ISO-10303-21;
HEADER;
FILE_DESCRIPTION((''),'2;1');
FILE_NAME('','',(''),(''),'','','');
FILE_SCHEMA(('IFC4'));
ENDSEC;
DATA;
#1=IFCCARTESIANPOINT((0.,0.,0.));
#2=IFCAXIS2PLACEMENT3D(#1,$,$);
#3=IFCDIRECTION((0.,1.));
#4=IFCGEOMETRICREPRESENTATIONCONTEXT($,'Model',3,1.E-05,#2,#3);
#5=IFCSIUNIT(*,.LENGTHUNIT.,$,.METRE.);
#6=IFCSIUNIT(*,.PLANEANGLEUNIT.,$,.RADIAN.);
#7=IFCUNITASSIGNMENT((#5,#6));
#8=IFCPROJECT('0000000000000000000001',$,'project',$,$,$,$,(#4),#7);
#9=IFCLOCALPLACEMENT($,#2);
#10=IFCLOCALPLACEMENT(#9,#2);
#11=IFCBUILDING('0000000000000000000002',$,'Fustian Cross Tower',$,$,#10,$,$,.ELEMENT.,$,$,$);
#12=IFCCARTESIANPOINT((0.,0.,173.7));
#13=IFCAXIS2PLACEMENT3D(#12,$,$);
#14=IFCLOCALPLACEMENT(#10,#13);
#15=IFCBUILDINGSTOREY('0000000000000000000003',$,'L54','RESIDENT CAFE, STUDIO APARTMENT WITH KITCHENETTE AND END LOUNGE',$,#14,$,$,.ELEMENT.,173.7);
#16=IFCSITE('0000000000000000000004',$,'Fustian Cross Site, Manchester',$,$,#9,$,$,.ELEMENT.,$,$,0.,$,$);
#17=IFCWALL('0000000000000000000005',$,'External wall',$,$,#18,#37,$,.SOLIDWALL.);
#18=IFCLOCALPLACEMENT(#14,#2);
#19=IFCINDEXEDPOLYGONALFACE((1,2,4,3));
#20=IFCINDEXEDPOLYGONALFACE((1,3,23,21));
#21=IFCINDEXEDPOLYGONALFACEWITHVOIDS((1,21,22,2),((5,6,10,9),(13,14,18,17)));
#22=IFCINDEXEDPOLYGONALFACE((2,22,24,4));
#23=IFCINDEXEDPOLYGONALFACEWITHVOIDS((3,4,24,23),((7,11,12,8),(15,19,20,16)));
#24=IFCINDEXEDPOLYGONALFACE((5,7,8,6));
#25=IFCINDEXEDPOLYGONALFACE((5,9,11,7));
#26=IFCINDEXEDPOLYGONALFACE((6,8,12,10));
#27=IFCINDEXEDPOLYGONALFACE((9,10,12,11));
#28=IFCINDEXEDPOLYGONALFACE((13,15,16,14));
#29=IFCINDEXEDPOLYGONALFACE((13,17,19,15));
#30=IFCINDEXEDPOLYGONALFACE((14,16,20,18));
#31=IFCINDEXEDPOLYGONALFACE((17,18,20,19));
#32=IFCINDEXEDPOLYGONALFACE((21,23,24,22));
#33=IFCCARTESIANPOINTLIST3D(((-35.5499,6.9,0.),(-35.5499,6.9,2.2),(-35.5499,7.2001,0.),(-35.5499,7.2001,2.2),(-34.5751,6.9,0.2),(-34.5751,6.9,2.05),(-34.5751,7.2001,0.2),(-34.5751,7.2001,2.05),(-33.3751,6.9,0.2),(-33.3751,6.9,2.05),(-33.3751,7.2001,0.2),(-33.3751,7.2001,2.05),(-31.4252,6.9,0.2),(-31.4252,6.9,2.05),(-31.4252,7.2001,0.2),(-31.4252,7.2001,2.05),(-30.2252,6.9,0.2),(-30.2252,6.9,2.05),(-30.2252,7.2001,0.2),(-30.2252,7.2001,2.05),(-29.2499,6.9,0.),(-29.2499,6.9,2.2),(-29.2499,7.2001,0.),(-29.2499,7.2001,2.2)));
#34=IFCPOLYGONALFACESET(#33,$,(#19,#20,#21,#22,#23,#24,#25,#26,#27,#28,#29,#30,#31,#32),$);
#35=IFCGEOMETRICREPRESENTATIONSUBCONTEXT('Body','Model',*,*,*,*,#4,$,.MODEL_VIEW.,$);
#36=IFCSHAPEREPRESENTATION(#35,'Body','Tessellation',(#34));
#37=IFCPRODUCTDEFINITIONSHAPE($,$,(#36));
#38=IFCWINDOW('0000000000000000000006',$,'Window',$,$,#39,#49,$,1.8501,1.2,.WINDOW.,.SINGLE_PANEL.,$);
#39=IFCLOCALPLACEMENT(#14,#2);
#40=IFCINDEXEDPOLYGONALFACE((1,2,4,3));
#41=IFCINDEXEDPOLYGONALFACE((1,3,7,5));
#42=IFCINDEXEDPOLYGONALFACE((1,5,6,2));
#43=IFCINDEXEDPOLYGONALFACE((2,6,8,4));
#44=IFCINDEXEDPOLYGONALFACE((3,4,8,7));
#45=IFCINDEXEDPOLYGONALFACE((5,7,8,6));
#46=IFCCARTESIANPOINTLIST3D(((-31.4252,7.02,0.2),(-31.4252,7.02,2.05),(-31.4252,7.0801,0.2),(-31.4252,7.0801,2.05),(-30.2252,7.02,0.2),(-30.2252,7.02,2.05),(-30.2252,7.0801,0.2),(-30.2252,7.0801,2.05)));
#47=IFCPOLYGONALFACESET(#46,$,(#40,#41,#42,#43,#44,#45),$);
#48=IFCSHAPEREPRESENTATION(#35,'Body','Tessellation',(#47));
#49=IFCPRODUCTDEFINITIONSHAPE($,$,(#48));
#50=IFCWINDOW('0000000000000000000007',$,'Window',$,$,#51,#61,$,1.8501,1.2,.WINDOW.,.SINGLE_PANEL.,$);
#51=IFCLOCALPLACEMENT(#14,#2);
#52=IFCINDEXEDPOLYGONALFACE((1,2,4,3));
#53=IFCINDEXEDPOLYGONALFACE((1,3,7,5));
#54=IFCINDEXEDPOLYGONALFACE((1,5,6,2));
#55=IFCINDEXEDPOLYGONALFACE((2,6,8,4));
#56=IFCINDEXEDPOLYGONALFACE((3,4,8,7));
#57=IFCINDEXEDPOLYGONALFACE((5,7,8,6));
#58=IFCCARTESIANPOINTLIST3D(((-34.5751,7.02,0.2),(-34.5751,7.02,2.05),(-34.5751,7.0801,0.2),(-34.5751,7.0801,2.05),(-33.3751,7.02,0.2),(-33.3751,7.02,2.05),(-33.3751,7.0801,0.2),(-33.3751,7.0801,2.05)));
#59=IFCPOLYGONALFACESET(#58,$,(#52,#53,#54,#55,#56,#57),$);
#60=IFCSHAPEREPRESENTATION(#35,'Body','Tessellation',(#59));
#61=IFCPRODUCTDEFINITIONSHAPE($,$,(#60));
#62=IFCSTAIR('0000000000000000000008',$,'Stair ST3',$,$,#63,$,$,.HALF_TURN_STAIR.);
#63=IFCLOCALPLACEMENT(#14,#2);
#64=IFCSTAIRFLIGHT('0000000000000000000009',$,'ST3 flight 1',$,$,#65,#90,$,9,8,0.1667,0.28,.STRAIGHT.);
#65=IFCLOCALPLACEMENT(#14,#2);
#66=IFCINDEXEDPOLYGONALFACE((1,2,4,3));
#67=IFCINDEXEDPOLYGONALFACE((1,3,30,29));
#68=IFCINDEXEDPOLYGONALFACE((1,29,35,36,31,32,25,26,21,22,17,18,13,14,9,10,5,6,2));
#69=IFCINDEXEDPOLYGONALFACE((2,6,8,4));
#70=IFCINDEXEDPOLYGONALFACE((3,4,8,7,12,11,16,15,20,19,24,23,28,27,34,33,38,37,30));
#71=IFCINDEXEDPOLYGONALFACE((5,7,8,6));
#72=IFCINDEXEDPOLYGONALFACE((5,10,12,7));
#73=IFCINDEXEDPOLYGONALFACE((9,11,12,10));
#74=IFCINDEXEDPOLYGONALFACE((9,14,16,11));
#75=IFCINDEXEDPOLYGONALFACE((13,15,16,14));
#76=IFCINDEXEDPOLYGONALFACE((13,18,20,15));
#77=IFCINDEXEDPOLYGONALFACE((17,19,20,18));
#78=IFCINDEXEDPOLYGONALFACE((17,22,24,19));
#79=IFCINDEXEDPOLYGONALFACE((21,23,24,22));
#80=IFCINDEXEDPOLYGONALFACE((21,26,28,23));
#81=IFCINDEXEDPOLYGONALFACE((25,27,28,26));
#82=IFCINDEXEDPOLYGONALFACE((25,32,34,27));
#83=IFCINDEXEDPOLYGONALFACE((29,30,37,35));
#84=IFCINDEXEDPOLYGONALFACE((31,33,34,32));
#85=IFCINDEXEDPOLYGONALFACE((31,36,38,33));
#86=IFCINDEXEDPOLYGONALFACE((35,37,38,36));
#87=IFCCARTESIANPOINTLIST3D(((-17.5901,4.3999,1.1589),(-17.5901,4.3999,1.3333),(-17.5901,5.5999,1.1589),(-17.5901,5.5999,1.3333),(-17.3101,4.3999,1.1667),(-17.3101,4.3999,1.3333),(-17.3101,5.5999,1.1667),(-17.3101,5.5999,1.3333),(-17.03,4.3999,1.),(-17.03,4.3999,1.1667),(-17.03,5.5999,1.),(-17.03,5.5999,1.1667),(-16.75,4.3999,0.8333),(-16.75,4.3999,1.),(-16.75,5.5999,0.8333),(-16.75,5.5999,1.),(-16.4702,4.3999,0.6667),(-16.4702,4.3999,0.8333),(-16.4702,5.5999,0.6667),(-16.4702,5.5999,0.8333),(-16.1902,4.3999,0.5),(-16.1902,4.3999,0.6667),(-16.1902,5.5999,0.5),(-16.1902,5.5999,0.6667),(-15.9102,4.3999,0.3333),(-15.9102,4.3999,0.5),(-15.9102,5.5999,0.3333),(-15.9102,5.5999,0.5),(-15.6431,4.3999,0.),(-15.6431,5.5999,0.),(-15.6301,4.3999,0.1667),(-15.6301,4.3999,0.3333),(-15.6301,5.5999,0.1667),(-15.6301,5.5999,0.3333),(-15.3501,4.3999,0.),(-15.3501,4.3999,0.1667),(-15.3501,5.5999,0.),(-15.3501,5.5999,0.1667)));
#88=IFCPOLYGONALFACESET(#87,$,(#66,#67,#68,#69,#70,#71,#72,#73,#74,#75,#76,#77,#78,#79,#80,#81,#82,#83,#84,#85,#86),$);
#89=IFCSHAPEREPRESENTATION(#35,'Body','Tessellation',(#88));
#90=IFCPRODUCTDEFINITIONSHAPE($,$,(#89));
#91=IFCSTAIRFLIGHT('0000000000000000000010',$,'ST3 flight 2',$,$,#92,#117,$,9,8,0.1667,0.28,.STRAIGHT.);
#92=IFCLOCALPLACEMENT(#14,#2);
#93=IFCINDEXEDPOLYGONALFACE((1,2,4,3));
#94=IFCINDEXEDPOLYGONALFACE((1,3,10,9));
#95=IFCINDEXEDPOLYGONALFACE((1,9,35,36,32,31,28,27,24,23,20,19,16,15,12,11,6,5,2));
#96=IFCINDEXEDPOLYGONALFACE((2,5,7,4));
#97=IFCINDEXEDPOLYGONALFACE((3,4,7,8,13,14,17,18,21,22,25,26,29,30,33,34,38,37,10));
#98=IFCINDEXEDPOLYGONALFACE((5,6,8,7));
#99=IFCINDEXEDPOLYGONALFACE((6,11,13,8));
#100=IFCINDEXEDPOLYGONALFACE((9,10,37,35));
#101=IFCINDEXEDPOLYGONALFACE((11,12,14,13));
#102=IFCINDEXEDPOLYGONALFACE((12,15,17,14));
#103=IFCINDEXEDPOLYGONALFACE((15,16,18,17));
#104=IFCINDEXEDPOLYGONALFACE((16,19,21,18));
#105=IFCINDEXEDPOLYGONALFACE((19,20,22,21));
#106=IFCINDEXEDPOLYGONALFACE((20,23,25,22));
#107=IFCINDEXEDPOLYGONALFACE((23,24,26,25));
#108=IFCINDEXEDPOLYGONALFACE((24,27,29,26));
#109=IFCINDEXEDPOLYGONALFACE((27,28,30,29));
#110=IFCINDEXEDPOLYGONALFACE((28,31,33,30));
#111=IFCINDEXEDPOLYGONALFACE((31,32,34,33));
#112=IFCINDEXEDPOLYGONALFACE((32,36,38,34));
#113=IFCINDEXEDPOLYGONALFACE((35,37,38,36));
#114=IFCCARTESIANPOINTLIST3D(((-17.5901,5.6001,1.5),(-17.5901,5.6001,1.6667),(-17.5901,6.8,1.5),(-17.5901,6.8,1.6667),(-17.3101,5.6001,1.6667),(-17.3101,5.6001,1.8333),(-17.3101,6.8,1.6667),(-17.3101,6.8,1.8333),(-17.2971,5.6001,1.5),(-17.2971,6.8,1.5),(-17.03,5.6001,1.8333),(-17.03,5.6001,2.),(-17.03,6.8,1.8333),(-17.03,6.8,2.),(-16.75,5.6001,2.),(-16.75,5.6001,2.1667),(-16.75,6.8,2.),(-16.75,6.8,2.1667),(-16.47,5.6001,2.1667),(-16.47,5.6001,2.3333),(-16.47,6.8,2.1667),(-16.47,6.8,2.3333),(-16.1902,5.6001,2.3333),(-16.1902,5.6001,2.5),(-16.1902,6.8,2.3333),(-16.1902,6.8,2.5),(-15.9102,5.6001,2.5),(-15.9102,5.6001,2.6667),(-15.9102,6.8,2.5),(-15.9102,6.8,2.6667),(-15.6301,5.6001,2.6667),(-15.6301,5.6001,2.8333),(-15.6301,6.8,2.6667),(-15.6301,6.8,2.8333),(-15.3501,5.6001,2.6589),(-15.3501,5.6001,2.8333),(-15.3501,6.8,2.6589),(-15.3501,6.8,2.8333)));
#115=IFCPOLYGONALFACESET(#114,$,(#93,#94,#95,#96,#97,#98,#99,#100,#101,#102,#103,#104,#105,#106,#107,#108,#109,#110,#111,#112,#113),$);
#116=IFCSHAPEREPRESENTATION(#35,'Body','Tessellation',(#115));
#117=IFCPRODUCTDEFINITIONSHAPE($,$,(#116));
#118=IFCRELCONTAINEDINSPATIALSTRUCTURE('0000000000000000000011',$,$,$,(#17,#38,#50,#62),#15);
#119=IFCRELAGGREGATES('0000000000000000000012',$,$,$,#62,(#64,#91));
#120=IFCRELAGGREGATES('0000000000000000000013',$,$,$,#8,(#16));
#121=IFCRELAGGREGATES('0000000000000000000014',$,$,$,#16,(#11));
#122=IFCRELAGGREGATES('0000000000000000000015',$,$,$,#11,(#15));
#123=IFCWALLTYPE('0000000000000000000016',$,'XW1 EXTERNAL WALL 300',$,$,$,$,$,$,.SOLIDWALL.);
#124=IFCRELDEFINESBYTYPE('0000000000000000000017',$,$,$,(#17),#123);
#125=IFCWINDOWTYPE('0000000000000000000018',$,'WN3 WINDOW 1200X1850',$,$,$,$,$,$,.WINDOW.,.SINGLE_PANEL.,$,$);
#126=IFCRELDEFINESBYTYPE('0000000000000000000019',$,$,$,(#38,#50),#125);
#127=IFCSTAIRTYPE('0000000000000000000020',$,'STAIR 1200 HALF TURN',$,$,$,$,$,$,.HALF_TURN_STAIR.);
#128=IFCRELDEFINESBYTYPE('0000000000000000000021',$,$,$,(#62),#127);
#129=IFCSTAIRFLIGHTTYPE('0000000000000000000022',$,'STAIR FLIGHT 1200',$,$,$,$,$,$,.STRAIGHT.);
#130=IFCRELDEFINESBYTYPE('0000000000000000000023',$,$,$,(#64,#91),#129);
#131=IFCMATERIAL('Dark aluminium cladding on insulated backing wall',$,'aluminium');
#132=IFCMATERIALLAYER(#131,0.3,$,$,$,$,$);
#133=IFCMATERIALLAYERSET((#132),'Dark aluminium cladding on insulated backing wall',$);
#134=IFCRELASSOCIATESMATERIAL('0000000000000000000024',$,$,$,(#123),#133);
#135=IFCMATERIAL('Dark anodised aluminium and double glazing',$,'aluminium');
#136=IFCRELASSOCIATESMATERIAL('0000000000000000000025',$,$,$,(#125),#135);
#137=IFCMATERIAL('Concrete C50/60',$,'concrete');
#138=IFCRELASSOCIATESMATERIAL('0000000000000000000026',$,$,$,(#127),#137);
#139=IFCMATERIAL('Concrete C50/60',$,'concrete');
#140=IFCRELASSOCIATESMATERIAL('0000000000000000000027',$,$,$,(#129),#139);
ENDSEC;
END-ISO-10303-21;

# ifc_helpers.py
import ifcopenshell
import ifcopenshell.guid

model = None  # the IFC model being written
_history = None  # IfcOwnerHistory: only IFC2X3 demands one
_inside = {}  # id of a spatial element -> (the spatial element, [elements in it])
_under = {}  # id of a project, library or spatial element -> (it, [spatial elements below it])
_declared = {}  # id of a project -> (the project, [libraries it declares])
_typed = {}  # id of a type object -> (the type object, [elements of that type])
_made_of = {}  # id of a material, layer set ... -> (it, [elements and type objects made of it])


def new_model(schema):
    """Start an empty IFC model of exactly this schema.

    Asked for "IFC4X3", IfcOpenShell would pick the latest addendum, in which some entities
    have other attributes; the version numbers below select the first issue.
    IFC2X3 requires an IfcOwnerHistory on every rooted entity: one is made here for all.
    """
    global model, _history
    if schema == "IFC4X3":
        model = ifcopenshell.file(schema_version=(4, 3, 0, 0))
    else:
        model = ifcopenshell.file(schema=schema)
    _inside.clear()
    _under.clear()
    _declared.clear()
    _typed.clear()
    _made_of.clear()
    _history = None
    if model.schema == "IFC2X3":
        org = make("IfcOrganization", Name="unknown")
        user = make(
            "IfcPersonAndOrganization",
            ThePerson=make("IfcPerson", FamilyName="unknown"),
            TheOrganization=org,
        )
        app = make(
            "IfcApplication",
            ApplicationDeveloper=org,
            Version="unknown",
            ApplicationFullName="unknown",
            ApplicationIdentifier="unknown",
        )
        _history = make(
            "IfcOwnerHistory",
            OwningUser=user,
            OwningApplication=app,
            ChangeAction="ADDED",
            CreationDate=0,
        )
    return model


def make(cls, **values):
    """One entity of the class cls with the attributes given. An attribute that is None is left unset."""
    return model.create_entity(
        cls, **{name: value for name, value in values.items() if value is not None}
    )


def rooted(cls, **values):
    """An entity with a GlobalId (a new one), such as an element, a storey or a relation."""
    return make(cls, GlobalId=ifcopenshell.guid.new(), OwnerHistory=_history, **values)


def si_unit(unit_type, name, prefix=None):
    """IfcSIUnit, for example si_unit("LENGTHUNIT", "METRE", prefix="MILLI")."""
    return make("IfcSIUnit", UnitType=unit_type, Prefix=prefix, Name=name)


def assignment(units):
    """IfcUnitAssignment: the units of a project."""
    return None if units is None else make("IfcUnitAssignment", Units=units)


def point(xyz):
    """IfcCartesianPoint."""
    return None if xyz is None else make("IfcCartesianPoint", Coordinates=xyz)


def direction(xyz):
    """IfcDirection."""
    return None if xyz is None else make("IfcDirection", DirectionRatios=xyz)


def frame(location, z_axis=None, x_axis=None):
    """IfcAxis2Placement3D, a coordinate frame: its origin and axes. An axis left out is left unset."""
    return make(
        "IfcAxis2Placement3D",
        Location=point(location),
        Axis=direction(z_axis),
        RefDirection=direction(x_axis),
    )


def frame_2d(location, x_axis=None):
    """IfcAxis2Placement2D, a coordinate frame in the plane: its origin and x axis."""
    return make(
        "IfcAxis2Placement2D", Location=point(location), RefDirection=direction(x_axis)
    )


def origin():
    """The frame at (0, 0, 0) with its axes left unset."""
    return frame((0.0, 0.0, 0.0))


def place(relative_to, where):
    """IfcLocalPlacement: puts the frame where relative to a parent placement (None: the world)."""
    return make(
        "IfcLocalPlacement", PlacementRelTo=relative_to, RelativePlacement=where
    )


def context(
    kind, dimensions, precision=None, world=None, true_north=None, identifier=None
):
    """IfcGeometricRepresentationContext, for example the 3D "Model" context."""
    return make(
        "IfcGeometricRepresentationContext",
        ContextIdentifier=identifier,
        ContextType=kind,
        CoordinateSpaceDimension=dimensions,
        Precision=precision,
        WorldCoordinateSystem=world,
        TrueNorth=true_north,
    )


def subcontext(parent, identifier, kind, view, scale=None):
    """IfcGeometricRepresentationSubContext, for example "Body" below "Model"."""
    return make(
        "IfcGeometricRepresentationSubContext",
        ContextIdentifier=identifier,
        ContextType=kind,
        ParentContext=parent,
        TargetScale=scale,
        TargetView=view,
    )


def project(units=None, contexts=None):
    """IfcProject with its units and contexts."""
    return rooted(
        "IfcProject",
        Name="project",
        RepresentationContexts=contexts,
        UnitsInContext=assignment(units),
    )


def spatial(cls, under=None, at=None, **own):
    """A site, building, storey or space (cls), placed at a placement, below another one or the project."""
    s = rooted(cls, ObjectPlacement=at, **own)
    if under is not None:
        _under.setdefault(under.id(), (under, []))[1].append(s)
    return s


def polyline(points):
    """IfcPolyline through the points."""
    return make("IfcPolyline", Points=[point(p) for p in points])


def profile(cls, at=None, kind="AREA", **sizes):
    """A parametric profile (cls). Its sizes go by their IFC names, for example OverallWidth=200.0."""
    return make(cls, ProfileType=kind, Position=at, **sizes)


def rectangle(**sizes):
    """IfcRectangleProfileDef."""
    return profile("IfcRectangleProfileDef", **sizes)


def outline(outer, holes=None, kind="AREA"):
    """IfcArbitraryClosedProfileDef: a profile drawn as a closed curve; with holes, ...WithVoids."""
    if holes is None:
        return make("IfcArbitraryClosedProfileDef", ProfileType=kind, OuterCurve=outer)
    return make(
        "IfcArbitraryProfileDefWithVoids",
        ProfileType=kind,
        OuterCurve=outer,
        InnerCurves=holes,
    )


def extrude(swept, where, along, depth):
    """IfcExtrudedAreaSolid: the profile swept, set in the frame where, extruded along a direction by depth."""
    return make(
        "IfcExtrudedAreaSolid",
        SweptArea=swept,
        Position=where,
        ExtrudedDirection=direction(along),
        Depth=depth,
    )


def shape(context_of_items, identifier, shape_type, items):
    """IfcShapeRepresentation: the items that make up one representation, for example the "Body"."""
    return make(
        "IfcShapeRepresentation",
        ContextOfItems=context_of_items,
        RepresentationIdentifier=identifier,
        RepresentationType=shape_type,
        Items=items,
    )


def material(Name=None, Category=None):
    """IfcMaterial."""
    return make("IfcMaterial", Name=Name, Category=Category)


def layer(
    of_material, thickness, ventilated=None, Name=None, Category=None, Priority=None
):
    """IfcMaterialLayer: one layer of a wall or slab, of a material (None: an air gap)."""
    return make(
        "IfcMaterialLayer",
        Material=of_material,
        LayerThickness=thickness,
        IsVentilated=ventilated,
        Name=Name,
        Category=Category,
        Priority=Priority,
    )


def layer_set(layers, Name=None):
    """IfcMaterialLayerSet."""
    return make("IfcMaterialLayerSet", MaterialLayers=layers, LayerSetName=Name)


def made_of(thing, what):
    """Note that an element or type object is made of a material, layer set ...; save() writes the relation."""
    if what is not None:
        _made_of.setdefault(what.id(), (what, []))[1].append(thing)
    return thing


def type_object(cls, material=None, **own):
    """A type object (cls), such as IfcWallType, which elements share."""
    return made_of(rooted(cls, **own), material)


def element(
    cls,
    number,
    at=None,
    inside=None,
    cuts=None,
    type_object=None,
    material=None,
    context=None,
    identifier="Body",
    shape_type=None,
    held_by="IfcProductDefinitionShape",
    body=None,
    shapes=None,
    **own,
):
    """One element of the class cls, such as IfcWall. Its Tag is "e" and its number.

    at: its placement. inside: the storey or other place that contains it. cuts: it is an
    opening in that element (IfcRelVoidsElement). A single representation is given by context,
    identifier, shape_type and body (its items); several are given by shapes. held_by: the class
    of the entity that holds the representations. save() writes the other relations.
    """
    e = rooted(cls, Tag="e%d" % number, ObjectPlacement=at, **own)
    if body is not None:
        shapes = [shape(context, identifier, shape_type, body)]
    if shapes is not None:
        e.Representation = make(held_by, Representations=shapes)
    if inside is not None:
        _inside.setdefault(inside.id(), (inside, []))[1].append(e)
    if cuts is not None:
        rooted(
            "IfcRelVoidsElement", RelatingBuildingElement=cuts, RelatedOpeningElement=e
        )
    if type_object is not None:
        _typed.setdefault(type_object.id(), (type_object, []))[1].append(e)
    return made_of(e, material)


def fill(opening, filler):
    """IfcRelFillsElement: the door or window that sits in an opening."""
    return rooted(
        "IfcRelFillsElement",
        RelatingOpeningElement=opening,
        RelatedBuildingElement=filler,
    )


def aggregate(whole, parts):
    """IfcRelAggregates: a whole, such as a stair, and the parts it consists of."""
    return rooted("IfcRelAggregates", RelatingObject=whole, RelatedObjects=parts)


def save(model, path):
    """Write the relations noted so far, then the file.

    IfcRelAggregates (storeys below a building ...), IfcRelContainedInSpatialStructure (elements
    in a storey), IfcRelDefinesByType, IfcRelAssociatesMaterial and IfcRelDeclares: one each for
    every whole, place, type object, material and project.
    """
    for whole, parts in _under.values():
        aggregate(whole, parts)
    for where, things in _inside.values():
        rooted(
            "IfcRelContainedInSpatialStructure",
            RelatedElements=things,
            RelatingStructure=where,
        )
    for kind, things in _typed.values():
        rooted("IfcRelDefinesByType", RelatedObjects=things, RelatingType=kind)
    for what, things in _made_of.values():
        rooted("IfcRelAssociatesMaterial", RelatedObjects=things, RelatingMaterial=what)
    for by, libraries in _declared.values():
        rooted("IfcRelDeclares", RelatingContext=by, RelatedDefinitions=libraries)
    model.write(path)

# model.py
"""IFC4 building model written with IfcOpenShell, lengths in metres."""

from ifc_helpers import new_model, si_unit, direction, frame, frame_2d, origin, place, context, subcontext, project, spatial, polyline, rectangle, outline, extrude, material, layer, layer_set, type_object, element, fill, aggregate, save


model = new_model("IFC4")

# Units and contexts
model_context = context("Model", 3, precision=1e-05, world=origin(), true_north=direction((0.0, 1.0)))
body_context = subcontext(model_context, "Body", "Model", "MODEL_VIEW")
ifc_project = project(units=[si_unit("LENGTHUNIT", "METRE"), si_unit("PLANEANGLEUNIT", "RADIAN")], contexts=[model_context])

# Site, building, storey
site_placement = place(None, origin())
site = spatial("IfcSite", under=ifc_project, at=site_placement, Name="Fustian Cross Site, Manchester", CompositionType="ELEMENT", RefElevation=0.0)
building_placement = place(site_placement, origin())
building = spatial("IfcBuilding", under=site, at=building_placement, Name="Fustian Cross Tower", CompositionType="ELEMENT")
storey_placement = place(building_placement, frame((0.0, 0.0, 173.7)))
storey = spatial("IfcBuildingStorey", under=building, at=storey_placement, Name="L54", Description="RESIDENT CAFE, STUDIO APARTMENT WITH KITCHENETTE AND END LOUNGE", CompositionType="ELEMENT", Elevation=173.7)

# Shared definitions
ifc_material_1 = material(Name="Dark aluminium cladding on insulated backing wall", Category="aluminium")
ifc_layer_1 = layer(ifc_material_1, 0.3)
ifc_layer_set_1 = layer_set([ifc_layer_1], Name="Dark aluminium cladding on insulated backing wall")
wall_type_1 = type_object("IfcWallType", Name="XW1 EXTERNAL WALL 300", PredefinedType="SOLIDWALL", material=ifc_layer_set_1)

# Wall, openings, windows
wall_1_placement = place(storey_placement, frame((-29.25, 7.05, 0.0), z_axis=(0.0, 0.0, 1.0), x_axis=(-1.0, 0.0, 0.0)))
wall_1 = element("IfcWall", 1, at=wall_1_placement, inside=storey, type_object=wall_type_1, Name="External wall", PredefinedType="SOLIDWALL", context=body_context, shape_type="SweptSolid", body=[
    extrude(rectangle(XDim=6.3, YDim=0.3, at=frame_2d((3.1499, 0.0))), origin(), (0.0, 0.0, 1.0), 2.2),
])
opening_1_placement = place(wall_1_placement, frame((0.9751, 0.0, 0.2)))
opening_1 = element("IfcOpeningElement", 2, at=opening_1_placement, cuts=wall_1, PredefinedType="OPENING", context=body_context, shape_type="SweptSolid", body=[
    extrude(rectangle(XDim=1.2, YDim=1.8501, at=frame_2d((0.6001, 0.925))), frame((0.0, 0.1599, 0.0), z_axis=(0.0, -1.0, 0.0), x_axis=(1.0, 0.0, 0.0)), (0.0, 0.0, 1.0), 0.3201),
])
opening_2_placement = place(wall_1_placement, frame((4.125, 0.0, 0.2)))
opening_2 = element("IfcOpeningElement", 3, at=opening_2_placement, cuts=wall_1, PredefinedType="OPENING", context=body_context, shape_type="SweptSolid", body=[
    extrude(rectangle(XDim=1.2, YDim=1.8501, at=frame_2d((0.6001, 0.925))), frame((0.0, 0.1599, 0.0), z_axis=(0.0, -1.0, 0.0), x_axis=(1.0, 0.0, 0.0)), (0.0, 0.0, 1.0), 0.3201),
])
ifc_material_2 = material(Name="Dark anodised aluminium and double glazing", Category="aluminium")
window_type = type_object("IfcWindowType", Name="WN3 WINDOW 1200X1850", PartitioningType="SINGLE_PANEL", PredefinedType="WINDOW", material=ifc_material_2)
window_1_placement = place(opening_1_placement, origin())
window_1 = element("IfcWindow", 4, at=window_1_placement, inside=storey, type_object=window_type, Name="Window", OverallHeight=1.8501, OverallWidth=1.2, PartitioningType="SINGLE_PANEL", PredefinedType="WINDOW", context=body_context, shape_type="SweptSolid", body=[
    extrude(rectangle(XDim=1.2, YDim=1.8501, at=frame_2d((0.6001, 0.925))), frame((0.0, 0.03, 0.0), z_axis=(0.0, -1.0, 0.0), x_axis=(1.0, 0.0, 0.0)), (0.0, 0.0, 1.0), 0.0601),
])
fill(opening_1, window_1)
window_2_placement = place(opening_2_placement, origin())
window_2 = element("IfcWindow", 5, at=window_2_placement, inside=storey, type_object=window_type, Name="Window", OverallHeight=1.8501, OverallWidth=1.2, PartitioningType="SINGLE_PANEL", PredefinedType="WINDOW", context=body_context, shape_type="SweptSolid", body=[
    extrude(rectangle(XDim=1.2, YDim=1.8501, at=frame_2d((0.6001, 0.925))), frame((0.0, 0.03, 0.0), z_axis=(0.0, -1.0, 0.0), x_axis=(1.0, 0.0, 0.0)), (0.0, 0.0, 1.0), 0.0601),
])
fill(opening_2, window_2)

# Stair, stair flights
ifc_material_3 = material(Name="Concrete C50/60", Category="concrete")
stair_type = type_object("IfcStairType", Name="STAIR 1200 HALF TURN", PredefinedType="HALF_TURN_STAIR", material=ifc_material_3)
stair_placement = place(storey_placement, origin())
stair = element("IfcStair", 6, at=stair_placement, inside=storey, type_object=stair_type, Name="Stair ST3", PredefinedType="HALF_TURN_STAIR")
ifc_material_4 = material(Name="Concrete C50/60", Category="concrete")
stair_flight_type = type_object("IfcStairFlightType", Name="STAIR FLIGHT 1200", PredefinedType="STRAIGHT", material=ifc_material_4)
stair_flight_1_placement = place(storey_placement, frame((-15.3501, 5.0, 0.0), z_axis=(0.0, 0.0, 1.0), x_axis=(-1.0, 0.0, 0.0)))
stair_flight_1 = element("IfcStairFlight", 7, at=stair_flight_1_placement, type_object=stair_flight_type, Name="ST3 flight 1", NumberOfRisers=9, NumberOfTreads=8, PredefinedType="STRAIGHT", RiserHeight=0.1667, TreadLength=0.28, context=body_context, shape_type="SweptSolid", body=[
    extrude(outline(polyline([(0.0, 0.0), (0.0, 0.1667), (0.28, 0.1667), (0.28, 0.3333), (0.5601, 0.3333), (0.5601, 0.5), (0.8401, 0.5), (0.8401, 0.6667), (1.1201, 0.6667), (1.1201, 0.8333), (1.3999, 0.8333), (1.3999, 1.0), (1.6799, 1.0), (1.6799, 1.1667), (1.96, 1.1667), (1.96, 1.3333), (2.24, 1.3333), (2.24, 1.5), (2.24, 1.1589), (0.293, 0.0), (0.0, 0.0)])), frame((0.0, 0.6001, 0.0), z_axis=(0.0, -1.0, 0.0), x_axis=(1.0, 0.0, 0.0)), (0.0, 0.0, 1.0), 1.2),
])
stair_flight_2_placement = place(storey_placement, frame((-17.5901, 6.2, 1.5), z_axis=(0.0, 0.0, 1.0), x_axis=(1.0, 0.0, 0.0)))
stair_flight_2 = element("IfcStairFlight", 8, at=stair_flight_2_placement, type_object=stair_flight_type, Name="ST3 flight 2", NumberOfRisers=9, NumberOfTreads=8, PredefinedType="STRAIGHT", RiserHeight=0.1667, TreadLength=0.28, context=body_context, shape_type="SweptSolid", body=[
    extrude(outline(polyline([(0.0, 0.0), (0.0, 0.1667), (0.28, 0.1667), (0.28, 0.3333), (0.5601, 0.3333), (0.5601, 0.5), (0.8401, 0.5), (0.8401, 0.6667), (1.1201, 0.6667), (1.1201, 0.8333), (1.3999, 0.8333), (1.3999, 1.0), (1.6799, 1.0), (1.6799, 1.1667), (1.96, 1.1667), (1.96, 1.3333), (2.24, 1.3333), (2.24, 1.5), (2.24, 1.1589), (0.293, 0.0), (0.0, 0.0)])), frame((0.0, 0.6001, 0.0), z_axis=(0.0, -1.0, 0.0), x_axis=(1.0, 0.0, 0.0)), (0.0, 0.0, 1.0), 1.2),
])
aggregate(stair, [stair_flight_1, stair_flight_2])

save(model, "model.ifc")
